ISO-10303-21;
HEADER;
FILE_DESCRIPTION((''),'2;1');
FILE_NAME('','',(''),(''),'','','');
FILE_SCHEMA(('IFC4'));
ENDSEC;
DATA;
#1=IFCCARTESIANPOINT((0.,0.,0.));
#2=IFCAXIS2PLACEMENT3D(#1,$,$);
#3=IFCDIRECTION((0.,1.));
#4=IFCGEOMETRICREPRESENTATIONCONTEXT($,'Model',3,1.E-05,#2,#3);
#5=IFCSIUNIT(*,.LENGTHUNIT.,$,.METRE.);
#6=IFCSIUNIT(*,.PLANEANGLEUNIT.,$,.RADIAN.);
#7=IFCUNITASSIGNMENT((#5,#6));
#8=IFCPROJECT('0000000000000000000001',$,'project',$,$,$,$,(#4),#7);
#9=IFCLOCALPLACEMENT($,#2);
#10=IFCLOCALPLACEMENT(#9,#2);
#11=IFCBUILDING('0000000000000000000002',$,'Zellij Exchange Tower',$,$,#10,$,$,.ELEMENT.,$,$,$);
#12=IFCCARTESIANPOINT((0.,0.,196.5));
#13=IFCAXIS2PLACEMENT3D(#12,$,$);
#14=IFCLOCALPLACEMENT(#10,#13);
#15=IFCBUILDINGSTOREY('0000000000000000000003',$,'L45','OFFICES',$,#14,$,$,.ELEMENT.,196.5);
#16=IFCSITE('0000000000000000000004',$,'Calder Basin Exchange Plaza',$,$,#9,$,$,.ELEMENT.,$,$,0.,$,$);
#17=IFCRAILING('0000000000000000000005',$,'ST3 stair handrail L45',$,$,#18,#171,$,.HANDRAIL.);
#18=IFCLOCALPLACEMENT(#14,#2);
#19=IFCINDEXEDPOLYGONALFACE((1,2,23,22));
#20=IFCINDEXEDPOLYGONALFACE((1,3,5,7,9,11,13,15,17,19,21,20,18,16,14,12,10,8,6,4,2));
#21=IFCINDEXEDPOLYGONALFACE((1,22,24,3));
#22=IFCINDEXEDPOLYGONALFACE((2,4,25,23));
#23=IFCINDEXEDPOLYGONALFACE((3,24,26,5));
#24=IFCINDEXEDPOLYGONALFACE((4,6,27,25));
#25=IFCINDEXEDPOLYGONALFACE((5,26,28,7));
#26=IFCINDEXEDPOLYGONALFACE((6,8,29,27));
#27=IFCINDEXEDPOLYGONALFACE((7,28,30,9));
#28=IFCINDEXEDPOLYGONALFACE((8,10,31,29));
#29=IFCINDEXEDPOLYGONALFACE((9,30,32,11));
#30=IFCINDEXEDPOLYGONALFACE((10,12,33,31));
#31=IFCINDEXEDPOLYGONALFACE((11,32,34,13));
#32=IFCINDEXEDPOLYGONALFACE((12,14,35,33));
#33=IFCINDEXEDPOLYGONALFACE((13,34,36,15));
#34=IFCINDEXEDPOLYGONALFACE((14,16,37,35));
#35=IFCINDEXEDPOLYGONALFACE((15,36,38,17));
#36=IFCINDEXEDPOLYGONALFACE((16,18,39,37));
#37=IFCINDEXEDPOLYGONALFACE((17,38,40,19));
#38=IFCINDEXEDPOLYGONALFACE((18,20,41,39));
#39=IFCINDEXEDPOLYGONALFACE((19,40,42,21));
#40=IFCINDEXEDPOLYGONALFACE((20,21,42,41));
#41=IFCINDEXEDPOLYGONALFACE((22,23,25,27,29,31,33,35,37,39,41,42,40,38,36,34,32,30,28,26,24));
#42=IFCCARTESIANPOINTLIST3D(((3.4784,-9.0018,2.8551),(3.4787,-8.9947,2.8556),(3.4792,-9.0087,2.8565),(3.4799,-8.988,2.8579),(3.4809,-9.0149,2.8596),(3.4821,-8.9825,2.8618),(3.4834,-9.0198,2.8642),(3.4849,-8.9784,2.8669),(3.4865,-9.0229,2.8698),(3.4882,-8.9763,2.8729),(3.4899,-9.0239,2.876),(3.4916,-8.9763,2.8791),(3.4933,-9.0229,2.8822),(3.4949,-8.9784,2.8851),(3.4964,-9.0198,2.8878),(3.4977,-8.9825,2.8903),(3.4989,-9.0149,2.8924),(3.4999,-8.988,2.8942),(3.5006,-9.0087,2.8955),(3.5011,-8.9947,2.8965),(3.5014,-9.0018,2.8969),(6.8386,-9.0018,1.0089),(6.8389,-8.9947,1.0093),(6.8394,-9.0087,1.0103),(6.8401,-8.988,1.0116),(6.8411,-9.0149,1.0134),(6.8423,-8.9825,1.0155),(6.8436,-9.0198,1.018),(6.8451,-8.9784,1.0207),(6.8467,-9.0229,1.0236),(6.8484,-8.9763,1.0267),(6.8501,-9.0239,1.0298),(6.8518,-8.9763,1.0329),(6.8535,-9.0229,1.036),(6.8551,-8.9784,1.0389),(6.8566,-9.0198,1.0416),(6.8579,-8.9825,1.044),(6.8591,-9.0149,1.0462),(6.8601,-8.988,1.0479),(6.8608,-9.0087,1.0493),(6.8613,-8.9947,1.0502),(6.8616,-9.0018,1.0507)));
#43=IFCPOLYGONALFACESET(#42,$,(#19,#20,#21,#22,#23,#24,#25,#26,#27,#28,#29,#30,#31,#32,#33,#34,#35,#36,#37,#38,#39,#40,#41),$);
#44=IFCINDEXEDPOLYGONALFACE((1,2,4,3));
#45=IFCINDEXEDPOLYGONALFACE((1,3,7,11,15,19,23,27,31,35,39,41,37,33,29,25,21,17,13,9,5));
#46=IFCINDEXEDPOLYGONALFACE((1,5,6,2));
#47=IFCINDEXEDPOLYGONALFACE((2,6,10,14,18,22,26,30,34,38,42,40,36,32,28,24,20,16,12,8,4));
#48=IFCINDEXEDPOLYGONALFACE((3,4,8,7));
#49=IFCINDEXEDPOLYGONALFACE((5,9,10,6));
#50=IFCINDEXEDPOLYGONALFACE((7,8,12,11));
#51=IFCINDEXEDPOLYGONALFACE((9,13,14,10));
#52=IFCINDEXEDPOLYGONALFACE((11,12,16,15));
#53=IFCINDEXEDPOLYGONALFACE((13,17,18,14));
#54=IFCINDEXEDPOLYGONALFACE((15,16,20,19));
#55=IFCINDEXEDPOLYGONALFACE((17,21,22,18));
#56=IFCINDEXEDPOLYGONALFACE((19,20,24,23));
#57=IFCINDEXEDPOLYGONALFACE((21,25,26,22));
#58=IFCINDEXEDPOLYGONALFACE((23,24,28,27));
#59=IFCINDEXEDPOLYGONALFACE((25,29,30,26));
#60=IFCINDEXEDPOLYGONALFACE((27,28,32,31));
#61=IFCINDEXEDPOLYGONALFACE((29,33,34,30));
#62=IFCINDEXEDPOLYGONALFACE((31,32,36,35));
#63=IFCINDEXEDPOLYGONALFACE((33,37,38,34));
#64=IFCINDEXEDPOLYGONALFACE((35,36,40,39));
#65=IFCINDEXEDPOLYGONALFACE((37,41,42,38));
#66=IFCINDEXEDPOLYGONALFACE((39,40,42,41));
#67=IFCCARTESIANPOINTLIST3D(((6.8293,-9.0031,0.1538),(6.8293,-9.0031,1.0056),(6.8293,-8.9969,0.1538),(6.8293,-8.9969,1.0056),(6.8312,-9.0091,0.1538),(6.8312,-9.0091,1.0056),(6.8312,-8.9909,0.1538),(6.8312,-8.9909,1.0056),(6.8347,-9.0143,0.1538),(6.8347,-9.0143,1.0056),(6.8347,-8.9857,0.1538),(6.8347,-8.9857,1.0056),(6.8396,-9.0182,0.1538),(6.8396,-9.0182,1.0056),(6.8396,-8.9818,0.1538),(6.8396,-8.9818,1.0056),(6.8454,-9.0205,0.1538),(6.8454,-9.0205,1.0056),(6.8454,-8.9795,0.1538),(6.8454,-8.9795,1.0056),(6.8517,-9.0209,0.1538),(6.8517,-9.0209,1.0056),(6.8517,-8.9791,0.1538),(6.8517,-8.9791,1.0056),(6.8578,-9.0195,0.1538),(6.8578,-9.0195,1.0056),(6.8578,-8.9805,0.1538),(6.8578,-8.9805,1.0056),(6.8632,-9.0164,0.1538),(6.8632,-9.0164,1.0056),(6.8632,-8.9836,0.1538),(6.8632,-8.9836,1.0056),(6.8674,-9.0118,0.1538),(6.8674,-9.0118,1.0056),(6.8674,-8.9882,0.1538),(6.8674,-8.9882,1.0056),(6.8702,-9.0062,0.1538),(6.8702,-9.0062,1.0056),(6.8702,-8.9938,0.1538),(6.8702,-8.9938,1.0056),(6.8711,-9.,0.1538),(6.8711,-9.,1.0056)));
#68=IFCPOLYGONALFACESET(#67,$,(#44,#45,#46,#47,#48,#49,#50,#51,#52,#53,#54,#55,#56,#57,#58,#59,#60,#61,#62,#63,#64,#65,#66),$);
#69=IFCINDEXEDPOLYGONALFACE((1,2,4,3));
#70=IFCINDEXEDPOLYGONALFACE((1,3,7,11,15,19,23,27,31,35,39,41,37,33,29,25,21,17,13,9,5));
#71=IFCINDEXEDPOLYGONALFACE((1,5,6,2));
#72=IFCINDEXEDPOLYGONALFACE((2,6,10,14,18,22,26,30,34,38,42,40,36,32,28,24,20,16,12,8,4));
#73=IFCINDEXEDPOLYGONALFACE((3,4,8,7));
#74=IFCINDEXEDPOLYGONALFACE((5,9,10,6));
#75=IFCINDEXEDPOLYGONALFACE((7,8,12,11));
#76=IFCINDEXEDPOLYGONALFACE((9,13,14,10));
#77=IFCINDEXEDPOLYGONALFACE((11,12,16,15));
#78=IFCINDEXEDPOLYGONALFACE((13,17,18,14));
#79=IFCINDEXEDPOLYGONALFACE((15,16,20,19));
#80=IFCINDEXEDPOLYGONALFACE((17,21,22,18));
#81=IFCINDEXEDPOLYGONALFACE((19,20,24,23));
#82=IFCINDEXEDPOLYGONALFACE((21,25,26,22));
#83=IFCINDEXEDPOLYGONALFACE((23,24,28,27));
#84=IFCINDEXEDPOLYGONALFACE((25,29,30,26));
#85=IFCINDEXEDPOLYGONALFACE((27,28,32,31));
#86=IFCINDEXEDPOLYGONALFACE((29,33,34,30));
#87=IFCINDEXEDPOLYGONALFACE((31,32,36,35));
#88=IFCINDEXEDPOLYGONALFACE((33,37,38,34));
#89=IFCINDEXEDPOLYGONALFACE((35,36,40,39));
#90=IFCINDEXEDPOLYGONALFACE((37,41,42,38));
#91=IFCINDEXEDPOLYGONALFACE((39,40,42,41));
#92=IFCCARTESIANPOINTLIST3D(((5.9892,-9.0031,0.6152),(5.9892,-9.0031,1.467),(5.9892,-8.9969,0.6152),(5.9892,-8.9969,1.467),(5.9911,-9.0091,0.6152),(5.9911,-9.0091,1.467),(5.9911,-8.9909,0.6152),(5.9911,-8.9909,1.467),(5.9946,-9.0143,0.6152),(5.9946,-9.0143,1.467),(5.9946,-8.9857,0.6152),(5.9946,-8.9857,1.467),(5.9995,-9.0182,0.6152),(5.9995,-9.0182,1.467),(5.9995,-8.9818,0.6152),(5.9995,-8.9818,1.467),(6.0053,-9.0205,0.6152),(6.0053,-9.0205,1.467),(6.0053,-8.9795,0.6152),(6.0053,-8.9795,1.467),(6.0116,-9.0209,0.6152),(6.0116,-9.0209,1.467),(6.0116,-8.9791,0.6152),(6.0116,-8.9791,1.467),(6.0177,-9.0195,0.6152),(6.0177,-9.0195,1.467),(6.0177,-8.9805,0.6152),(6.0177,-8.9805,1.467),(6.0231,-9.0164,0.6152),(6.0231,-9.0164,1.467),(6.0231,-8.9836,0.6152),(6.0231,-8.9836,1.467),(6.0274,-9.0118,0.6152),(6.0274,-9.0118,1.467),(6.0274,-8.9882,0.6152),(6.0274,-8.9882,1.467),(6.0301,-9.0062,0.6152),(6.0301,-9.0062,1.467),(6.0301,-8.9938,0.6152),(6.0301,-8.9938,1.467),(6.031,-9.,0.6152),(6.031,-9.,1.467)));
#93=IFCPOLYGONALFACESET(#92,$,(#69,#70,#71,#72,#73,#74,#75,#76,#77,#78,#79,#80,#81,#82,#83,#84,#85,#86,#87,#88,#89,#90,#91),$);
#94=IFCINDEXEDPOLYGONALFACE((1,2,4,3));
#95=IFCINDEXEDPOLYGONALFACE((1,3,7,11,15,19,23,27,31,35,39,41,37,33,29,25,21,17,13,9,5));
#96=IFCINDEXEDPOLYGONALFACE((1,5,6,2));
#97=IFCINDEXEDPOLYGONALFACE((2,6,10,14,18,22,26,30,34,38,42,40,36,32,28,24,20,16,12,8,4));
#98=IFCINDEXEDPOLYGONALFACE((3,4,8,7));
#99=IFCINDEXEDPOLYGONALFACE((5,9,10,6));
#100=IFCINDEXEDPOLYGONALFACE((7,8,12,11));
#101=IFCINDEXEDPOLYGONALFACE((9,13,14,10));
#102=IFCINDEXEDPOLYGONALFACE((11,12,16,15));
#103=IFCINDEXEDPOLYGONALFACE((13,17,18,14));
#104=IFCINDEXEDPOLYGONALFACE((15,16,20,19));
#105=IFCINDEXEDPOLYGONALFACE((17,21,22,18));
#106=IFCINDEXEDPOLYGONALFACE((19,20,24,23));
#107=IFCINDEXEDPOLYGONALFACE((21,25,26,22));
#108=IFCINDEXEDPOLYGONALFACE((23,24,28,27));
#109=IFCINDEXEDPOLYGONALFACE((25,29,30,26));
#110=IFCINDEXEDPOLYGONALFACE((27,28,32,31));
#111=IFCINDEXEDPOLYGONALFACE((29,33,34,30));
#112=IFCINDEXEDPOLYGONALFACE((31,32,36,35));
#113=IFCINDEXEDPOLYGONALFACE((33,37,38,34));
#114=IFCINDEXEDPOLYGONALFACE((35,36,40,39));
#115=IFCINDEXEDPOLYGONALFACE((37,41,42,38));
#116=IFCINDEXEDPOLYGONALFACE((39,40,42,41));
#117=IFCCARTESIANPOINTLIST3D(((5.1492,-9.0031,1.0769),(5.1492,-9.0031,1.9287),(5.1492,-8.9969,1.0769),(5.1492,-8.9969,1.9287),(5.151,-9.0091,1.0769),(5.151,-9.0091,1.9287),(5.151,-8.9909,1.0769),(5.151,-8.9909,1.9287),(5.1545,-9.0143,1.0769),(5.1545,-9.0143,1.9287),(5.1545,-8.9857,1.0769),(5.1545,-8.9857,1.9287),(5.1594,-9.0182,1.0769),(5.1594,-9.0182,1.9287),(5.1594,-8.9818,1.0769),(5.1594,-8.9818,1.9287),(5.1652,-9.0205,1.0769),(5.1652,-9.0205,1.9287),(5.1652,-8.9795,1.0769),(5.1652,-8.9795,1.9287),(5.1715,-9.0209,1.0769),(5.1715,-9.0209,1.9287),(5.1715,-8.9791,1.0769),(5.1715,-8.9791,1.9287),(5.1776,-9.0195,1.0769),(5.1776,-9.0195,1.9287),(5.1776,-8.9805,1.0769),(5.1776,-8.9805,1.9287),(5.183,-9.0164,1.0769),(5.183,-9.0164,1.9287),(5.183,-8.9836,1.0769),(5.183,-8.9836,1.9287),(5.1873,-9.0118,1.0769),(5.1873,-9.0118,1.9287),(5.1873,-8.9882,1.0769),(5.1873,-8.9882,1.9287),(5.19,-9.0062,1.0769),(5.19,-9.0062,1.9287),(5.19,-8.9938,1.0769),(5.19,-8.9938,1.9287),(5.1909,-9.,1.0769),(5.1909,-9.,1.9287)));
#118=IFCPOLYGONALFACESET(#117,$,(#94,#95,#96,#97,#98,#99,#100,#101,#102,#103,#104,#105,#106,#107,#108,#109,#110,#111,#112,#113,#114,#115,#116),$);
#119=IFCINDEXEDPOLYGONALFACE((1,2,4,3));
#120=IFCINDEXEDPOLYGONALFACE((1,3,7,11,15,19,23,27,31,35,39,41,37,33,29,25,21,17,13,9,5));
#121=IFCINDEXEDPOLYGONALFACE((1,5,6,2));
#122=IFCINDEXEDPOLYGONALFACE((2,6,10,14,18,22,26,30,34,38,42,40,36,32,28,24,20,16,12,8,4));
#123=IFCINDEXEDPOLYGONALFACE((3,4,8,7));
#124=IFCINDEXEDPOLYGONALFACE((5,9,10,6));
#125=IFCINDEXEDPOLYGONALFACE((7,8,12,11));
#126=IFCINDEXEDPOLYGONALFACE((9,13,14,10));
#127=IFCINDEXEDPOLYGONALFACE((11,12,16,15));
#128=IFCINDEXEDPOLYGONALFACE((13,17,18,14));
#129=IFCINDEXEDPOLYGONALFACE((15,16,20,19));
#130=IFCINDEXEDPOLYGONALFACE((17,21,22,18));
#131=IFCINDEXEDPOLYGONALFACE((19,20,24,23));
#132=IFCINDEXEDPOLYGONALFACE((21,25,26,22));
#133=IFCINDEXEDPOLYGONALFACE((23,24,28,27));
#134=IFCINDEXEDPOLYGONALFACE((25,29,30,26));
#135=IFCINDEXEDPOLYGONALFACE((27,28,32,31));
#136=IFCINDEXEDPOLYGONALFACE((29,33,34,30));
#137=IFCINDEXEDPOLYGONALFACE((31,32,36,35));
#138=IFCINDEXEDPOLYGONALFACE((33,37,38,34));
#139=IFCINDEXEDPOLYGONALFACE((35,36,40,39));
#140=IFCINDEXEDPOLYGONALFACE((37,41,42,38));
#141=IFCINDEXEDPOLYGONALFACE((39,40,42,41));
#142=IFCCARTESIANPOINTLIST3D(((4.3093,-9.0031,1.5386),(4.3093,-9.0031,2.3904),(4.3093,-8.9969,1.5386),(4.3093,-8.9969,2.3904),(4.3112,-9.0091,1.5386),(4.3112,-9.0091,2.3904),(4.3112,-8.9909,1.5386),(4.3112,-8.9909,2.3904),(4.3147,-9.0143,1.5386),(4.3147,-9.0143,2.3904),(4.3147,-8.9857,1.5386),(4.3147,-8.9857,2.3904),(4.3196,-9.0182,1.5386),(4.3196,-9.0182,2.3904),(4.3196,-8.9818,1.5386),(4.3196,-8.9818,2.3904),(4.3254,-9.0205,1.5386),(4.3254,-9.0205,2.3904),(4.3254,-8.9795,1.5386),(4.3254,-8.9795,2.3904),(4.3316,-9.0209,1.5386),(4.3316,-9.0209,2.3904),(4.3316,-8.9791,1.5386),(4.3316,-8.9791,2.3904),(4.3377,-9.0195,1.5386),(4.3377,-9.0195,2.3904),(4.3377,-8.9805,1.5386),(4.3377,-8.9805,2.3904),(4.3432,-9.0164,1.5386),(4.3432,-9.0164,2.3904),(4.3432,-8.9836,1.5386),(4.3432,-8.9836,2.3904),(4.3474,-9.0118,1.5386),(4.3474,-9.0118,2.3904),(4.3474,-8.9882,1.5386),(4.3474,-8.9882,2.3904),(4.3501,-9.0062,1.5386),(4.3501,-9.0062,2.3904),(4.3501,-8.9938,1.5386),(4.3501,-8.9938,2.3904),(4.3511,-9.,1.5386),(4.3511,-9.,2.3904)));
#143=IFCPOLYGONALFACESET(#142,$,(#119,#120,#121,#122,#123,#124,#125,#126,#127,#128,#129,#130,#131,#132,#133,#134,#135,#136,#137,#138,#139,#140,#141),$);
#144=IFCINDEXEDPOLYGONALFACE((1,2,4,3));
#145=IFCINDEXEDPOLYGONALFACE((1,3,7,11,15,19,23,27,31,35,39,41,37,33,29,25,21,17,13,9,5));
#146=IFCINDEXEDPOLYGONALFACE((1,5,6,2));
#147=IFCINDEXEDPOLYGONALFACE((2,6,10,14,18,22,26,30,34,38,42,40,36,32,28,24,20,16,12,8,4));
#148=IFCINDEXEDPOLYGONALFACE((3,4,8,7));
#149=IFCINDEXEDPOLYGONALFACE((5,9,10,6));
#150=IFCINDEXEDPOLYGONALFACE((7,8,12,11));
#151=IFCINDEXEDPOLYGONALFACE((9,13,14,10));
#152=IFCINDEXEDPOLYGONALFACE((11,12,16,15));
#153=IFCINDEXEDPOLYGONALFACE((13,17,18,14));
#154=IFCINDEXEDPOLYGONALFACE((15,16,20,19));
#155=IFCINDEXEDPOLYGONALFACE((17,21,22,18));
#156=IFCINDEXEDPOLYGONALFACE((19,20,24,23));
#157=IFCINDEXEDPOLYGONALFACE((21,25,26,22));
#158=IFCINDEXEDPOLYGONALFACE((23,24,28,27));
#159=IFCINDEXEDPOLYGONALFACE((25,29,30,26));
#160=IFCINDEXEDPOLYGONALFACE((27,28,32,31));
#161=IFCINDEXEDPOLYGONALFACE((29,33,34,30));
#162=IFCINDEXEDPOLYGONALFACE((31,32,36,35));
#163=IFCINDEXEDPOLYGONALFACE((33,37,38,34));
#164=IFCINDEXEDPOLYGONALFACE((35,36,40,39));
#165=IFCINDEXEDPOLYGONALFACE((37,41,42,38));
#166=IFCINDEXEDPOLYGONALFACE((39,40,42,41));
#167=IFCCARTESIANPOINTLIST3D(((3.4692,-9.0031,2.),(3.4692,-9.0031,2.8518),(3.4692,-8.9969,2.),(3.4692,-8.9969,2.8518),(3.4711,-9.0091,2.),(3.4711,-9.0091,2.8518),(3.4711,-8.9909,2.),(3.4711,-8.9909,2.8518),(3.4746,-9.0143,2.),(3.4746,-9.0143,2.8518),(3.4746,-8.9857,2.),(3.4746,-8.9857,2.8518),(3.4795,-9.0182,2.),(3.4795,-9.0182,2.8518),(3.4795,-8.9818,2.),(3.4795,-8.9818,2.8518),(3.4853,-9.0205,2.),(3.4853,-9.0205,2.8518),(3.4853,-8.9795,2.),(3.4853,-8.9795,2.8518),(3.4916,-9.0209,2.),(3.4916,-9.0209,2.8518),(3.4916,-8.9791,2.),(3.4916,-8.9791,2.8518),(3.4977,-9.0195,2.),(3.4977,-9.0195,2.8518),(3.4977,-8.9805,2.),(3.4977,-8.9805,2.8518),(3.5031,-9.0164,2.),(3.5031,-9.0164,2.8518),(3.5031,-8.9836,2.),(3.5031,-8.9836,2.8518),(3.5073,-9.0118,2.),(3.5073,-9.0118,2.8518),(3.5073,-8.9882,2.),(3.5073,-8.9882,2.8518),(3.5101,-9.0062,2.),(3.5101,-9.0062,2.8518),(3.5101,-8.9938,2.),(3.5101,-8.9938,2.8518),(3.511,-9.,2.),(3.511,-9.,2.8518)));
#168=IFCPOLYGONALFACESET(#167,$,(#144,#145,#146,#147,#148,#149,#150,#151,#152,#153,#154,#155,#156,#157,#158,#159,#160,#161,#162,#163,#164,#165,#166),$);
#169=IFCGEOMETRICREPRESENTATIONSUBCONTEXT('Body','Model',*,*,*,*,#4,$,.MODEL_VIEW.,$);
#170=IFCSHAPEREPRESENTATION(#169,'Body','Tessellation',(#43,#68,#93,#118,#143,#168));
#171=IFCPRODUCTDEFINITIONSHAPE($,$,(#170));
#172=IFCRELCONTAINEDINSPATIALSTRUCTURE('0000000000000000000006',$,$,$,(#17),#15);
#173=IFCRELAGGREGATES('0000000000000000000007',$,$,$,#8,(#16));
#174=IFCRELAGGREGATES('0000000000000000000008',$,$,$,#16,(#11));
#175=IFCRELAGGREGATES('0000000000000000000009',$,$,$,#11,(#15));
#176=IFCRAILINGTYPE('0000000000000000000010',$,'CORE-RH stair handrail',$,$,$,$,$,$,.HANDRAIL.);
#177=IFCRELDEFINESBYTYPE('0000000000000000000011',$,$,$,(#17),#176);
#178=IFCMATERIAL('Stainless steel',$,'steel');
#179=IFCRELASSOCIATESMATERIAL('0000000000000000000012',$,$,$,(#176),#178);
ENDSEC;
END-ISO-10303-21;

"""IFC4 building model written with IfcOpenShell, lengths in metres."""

from ifc_helpers import new_model, si_unit, direction, frame, origin, origin_2d, place, context, subcontext, project, spatial, circle, extrude, material, type_object, element, save


model = new_model("IFC4")

# Units and contexts
model_context = context("Model", 3, precision=1e-05, world=origin(), true_north=direction((0.0, 1.0)))
body_context = subcontext(model_context, "Body", "Model", "MODEL_VIEW")
ifc_project = project(units=[si_unit("LENGTHUNIT", "METRE"), si_unit("PLANEANGLEUNIT", "RADIAN")], contexts=[model_context])

# Site, building, storey
site_placement = place(None, origin())
site = spatial("IfcSite", under=ifc_project, at=site_placement, Name="Calder Basin Exchange Plaza", CompositionType="ELEMENT", RefElevation=0.0)
building_placement = place(site_placement, origin())
building = spatial("IfcBuilding", under=site, at=building_placement, Name="Zellij Exchange Tower", CompositionType="ELEMENT")
storey_placement = place(building_placement, frame((0.0, 0.0, 196.5)))
storey = spatial("IfcBuildingStorey", under=building, at=storey_placement, Name="L45", Description="OFFICES", CompositionType="ELEMENT", Elevation=196.5)

# Railing
ifc_material_1 = material(Name="Stainless steel", Category="steel")
railing_type_1 = type_object("IfcRailingType", Name="CORE-RH stair handrail", PredefinedType="HANDRAIL", material=ifc_material_1)
railing_1_placement = place(storey_placement, frame((6.8501, -9.0, 0.1538)))
element("IfcRailing", 1, at=railing_1_placement, inside=storey, type_object=railing_type_1, Name="ST3 stair handrail L45", PredefinedType="HANDRAIL", context=body_context, shape_type="SweptSolid", body=[
    extrude(circle(Radius=0.0239, at=origin_2d()), frame((0.0, 0.0, 0.876), z_axis=(-0.876422, 0.0, 0.481545), x_axis=(0.0, -1.0, 0.0)), (0.0, 0.0, 1.0), 3.834),
    extrude(circle(Radius=0.021, at=origin_2d()), origin(), (0.0, 0.0, 1.0), 0.8518),
    extrude(circle(Radius=0.021, at=origin_2d()), frame((-0.8401, 0.0, 0.4614)), (0.0, 0.0, 1.0), 0.8518),
    extrude(circle(Radius=0.021, at=origin_2d()), frame((-1.6802, 0.0, 0.9231)), (0.0, 0.0, 1.0), 0.8518),
    extrude(circle(Radius=0.021, at=origin_2d()), frame((-2.52, 0.0, 1.3848)), (0.0, 0.0, 1.0), 0.8518),
    extrude(circle(Radius=0.021, at=origin_2d()), frame((-3.3601, 0.0, 1.8462)), (0.0, 0.0, 1.0), 0.8518),
])

save(model, "model.ifc")
